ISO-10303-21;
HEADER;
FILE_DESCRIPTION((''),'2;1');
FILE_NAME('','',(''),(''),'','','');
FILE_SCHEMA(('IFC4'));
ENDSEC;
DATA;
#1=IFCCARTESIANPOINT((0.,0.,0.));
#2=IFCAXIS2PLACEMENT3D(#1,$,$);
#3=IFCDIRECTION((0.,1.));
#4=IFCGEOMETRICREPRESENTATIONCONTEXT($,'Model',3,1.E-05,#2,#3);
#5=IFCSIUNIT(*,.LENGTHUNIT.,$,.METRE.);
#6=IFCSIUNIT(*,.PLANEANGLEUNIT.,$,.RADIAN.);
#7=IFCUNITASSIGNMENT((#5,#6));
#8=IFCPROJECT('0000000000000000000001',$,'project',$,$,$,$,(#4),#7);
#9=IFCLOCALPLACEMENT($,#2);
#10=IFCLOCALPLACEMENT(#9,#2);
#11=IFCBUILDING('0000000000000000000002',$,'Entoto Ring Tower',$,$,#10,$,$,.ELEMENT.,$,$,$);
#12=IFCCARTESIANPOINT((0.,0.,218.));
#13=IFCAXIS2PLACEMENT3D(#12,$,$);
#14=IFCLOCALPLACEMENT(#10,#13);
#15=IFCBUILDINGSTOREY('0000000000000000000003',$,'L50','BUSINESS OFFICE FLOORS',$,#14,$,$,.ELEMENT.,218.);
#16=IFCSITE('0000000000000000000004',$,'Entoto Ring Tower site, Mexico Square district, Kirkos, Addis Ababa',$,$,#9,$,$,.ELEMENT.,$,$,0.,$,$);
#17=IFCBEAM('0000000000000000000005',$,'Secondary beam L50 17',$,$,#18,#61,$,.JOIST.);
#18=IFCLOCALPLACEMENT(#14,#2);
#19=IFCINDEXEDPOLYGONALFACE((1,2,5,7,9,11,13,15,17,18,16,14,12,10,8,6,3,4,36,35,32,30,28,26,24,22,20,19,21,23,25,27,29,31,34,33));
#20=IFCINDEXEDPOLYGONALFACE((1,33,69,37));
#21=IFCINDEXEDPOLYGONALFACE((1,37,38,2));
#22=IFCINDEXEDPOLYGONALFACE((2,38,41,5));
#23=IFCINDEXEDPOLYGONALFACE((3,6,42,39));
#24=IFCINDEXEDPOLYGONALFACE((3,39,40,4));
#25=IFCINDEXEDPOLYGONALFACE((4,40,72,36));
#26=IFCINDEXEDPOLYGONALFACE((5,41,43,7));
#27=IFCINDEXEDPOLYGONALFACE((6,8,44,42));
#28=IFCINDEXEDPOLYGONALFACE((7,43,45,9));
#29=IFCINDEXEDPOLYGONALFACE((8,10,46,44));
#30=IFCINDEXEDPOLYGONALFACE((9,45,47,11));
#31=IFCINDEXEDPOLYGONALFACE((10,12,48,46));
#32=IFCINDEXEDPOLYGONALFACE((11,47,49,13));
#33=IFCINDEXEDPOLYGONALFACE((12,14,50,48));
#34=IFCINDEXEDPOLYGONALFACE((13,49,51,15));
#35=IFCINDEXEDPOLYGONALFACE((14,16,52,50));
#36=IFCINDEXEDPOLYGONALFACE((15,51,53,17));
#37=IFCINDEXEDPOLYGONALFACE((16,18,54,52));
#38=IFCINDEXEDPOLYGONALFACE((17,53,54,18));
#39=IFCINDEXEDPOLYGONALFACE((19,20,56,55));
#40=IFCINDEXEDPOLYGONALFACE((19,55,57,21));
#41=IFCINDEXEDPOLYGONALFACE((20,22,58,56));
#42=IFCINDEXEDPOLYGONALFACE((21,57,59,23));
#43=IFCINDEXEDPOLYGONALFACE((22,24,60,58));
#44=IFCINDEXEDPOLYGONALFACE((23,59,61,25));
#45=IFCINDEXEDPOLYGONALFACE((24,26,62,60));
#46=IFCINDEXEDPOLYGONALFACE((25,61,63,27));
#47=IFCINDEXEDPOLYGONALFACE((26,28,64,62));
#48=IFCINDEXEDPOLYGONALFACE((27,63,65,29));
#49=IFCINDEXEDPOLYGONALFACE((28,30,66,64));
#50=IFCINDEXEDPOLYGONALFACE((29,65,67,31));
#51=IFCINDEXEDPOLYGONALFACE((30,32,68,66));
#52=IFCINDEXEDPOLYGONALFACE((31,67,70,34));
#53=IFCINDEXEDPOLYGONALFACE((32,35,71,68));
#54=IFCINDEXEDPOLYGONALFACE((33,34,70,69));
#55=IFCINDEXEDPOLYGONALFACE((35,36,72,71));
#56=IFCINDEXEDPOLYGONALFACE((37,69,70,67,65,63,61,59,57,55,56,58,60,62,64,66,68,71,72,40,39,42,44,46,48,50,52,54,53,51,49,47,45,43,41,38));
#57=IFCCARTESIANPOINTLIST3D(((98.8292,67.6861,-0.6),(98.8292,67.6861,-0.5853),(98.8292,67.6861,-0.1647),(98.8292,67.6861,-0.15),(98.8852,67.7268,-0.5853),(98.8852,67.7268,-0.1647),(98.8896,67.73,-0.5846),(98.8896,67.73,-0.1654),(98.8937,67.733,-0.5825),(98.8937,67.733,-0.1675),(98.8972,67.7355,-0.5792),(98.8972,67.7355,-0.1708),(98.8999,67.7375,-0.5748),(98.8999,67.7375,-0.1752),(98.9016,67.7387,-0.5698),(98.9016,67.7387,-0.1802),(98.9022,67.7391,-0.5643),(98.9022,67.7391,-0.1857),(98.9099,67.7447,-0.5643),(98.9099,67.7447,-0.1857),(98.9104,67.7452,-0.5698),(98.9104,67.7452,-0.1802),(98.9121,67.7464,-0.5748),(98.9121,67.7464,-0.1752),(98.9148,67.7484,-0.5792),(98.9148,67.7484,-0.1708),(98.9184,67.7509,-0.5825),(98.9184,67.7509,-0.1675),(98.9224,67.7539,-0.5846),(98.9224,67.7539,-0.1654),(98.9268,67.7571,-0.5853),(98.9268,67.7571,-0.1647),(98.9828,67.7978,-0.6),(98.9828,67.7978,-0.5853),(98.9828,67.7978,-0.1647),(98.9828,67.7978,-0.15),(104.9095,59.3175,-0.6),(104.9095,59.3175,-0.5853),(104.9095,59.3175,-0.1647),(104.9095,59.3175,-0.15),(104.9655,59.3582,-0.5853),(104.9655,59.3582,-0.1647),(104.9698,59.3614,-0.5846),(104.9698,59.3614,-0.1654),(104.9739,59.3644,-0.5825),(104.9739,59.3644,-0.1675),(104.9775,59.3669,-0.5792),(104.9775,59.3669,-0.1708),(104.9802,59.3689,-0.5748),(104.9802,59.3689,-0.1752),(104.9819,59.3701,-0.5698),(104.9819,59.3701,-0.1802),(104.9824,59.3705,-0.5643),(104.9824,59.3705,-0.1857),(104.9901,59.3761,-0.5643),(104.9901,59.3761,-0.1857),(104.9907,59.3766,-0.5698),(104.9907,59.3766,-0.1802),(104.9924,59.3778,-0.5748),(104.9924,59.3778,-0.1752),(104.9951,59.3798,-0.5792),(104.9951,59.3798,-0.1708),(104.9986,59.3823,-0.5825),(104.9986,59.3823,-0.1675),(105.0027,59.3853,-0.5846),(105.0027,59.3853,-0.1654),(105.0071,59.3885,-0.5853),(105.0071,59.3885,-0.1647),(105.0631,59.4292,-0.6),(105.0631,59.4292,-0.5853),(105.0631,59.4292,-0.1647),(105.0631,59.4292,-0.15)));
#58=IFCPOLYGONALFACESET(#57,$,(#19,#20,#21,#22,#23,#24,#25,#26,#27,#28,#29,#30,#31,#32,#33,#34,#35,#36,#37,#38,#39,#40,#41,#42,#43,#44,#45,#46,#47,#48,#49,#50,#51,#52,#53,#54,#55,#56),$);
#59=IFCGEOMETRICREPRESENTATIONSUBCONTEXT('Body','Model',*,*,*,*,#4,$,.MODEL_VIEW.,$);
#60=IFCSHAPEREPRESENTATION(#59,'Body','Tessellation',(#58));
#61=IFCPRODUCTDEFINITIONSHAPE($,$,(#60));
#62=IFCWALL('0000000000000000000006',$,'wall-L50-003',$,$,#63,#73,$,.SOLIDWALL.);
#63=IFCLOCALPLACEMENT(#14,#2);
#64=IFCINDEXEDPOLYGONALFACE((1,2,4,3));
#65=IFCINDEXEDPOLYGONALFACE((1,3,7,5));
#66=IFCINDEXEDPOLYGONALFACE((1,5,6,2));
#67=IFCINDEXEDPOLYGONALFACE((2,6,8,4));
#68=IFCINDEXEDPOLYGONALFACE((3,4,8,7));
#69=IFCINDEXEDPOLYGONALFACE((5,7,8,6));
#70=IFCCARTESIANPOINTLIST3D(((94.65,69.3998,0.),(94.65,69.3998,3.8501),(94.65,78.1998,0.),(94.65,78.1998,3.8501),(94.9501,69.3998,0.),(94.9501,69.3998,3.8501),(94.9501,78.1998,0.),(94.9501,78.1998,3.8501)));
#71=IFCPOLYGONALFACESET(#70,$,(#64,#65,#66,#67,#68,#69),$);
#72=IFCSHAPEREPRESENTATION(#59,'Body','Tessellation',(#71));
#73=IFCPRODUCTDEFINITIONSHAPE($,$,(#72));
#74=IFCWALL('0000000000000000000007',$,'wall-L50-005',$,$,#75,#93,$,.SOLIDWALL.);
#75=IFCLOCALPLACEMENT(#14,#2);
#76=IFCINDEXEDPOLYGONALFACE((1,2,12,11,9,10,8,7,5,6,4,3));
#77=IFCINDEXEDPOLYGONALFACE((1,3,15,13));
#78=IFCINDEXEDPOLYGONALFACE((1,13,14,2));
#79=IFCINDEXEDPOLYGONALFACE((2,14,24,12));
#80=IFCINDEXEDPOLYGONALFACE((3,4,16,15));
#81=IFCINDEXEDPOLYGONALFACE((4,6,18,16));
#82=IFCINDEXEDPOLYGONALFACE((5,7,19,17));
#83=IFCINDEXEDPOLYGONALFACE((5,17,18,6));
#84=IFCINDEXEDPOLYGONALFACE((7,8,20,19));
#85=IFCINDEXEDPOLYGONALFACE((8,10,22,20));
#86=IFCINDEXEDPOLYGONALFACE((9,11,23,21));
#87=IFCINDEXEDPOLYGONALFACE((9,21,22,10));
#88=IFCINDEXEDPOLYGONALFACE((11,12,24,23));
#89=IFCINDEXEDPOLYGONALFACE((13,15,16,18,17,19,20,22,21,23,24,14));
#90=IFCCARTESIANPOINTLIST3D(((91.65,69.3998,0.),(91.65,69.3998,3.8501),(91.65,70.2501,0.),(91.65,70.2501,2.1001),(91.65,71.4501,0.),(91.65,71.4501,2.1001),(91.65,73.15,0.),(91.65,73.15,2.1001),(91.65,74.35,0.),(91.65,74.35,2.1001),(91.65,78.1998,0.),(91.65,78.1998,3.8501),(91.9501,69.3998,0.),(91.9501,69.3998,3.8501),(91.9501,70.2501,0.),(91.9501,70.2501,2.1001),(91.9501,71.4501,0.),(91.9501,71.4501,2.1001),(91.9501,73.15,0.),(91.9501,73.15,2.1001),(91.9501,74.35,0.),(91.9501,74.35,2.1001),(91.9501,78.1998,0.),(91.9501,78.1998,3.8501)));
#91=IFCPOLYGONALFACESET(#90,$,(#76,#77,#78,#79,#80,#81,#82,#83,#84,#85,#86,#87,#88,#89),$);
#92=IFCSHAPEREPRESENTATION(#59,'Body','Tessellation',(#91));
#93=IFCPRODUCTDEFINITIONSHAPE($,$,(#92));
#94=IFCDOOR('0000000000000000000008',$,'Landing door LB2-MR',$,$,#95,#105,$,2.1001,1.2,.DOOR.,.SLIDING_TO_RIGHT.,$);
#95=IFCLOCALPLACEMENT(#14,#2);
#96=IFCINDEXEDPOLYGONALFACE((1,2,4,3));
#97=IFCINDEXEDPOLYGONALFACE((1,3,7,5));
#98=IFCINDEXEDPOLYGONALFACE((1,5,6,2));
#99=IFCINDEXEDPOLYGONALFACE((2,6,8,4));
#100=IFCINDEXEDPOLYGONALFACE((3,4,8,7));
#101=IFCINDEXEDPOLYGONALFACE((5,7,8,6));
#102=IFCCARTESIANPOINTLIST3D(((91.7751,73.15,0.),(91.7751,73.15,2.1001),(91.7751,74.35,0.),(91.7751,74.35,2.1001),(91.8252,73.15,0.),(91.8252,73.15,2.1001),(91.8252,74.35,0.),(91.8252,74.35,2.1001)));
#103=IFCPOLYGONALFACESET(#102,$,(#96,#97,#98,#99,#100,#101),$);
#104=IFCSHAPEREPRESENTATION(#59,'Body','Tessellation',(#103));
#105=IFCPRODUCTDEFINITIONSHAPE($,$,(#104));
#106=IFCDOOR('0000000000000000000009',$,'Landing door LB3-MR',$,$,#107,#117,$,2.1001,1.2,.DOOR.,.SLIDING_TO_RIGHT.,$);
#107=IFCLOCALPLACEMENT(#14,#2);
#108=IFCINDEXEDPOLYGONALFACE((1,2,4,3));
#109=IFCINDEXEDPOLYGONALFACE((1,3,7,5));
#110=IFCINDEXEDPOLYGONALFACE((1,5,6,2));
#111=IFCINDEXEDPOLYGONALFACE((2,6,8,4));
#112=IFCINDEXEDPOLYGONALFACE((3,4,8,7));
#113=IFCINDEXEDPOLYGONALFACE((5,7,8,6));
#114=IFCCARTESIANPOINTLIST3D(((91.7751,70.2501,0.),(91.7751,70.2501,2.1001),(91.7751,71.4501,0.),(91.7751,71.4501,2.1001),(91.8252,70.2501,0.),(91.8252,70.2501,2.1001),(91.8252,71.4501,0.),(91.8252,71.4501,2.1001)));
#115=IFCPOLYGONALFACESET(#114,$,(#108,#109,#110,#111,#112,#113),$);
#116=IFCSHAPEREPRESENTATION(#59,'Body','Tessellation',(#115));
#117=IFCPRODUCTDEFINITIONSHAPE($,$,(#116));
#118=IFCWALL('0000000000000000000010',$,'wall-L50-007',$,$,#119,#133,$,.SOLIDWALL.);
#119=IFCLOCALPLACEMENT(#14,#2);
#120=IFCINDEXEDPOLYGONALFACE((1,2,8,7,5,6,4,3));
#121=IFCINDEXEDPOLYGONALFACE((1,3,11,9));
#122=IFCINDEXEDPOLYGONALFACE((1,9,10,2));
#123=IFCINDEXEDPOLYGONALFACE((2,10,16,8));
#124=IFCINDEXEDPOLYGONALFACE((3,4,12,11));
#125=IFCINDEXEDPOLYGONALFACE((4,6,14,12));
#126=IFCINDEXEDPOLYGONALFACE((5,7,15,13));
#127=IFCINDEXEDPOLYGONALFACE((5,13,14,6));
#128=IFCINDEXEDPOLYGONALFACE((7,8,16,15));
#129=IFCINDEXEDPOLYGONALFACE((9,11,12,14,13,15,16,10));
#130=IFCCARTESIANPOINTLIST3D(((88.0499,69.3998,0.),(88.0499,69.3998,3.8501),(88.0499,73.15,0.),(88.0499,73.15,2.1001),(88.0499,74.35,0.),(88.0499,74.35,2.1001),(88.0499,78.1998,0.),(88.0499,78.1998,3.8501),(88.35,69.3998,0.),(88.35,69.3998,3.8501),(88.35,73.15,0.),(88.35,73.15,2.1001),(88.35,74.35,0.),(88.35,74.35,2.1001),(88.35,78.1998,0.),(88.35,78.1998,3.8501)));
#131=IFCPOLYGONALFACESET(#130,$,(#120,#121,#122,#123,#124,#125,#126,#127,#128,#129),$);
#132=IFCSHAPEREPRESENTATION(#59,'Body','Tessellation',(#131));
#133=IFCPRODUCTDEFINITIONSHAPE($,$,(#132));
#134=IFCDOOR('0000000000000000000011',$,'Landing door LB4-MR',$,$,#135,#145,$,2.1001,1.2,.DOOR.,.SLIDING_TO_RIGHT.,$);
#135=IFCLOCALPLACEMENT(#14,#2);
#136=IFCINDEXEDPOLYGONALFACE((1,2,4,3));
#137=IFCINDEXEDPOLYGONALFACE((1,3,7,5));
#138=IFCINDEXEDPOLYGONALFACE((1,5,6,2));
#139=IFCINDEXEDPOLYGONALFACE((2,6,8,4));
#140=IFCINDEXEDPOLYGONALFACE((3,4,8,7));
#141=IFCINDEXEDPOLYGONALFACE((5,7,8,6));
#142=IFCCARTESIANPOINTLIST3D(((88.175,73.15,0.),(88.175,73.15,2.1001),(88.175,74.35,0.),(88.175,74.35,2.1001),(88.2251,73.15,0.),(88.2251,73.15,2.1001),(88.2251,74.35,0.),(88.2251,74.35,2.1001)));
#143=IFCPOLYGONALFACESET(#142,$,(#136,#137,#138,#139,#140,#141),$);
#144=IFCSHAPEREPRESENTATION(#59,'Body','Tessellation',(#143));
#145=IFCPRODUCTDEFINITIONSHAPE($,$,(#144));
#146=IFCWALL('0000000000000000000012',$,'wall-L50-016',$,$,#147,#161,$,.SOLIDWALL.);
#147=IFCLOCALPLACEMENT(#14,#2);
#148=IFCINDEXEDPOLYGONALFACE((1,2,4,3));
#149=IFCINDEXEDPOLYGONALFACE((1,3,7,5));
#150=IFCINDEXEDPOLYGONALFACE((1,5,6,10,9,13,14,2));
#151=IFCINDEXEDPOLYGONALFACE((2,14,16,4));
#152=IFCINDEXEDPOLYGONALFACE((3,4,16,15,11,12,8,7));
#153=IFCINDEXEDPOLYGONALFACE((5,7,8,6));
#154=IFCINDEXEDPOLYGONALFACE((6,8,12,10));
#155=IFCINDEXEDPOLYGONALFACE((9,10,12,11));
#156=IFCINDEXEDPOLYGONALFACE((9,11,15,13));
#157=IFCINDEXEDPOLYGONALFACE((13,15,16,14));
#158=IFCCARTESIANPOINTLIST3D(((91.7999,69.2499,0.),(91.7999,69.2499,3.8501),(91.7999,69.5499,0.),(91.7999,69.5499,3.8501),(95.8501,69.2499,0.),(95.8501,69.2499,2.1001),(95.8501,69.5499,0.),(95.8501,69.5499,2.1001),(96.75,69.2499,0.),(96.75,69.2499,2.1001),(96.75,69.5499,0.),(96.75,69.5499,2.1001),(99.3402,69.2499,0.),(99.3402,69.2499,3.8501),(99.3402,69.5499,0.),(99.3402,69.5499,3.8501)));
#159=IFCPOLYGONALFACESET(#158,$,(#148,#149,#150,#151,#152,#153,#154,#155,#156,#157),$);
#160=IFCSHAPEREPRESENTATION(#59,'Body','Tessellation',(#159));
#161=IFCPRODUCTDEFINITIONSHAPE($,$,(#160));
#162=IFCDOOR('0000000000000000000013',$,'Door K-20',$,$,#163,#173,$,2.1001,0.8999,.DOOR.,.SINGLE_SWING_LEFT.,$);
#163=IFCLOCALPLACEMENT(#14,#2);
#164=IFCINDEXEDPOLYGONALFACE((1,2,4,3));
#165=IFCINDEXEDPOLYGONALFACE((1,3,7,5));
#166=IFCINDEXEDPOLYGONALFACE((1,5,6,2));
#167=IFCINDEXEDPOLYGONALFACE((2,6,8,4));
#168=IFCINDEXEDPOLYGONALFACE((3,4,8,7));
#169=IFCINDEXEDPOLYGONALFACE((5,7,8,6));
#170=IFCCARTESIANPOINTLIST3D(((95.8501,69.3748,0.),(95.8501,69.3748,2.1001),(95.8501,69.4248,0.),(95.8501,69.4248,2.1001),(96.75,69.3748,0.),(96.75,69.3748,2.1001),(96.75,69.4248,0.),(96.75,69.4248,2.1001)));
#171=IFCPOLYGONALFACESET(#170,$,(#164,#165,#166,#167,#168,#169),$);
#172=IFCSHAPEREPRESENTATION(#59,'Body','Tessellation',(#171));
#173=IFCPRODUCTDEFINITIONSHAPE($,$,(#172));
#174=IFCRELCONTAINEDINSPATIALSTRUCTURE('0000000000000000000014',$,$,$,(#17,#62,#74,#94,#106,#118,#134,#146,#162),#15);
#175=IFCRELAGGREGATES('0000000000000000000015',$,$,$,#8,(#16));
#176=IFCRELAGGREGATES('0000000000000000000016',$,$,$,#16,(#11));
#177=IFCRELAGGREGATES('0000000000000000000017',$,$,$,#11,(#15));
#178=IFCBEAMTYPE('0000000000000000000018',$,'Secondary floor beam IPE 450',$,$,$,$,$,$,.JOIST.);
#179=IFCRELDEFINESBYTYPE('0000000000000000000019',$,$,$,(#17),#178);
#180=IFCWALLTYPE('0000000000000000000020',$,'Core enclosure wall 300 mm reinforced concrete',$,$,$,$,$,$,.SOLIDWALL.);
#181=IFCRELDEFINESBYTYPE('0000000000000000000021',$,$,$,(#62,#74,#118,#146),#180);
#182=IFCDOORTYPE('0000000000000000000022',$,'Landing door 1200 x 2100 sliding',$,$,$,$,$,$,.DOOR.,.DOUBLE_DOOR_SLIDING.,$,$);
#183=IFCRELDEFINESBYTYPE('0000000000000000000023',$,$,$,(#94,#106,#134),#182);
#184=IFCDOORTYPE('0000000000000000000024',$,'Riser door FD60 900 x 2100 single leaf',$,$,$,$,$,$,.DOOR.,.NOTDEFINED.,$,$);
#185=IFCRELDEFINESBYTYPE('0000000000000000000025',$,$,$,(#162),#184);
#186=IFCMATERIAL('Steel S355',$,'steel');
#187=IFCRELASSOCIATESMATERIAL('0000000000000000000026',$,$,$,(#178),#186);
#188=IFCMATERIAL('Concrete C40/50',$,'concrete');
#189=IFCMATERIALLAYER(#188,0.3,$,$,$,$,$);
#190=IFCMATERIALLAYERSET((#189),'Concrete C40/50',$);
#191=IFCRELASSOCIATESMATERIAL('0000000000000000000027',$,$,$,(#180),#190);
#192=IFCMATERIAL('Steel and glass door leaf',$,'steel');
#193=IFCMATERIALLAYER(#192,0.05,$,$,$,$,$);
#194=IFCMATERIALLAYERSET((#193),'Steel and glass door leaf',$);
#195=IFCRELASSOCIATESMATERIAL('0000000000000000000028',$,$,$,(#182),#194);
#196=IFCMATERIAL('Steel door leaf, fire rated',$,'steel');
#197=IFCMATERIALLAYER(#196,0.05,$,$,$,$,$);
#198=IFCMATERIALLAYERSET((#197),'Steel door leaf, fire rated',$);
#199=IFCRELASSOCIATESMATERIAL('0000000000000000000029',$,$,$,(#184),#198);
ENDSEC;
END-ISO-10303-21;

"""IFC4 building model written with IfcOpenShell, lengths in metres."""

from ifc_helpers import new_model, si_unit, direction, frame, frame_2d, origin, origin_2d, place, context, subcontext, project, spatial, rectangle, i_section, extrude, material, layer, layer_set, material_profile, profile_set, type_object, element, fill, save


model = new_model("IFC4")

# Units and contexts
model_context = context("Model", 3, precision=1e-05, world=origin(), true_north=direction((0.0, 1.0)))
body_context = subcontext(model_context, "Body", "Model", "MODEL_VIEW")
ifc_project = project(units=[si_unit("LENGTHUNIT", "METRE"), si_unit("PLANEANGLEUNIT", "RADIAN")], contexts=[model_context])

# Site, building, storey
site_placement = place(None, origin())
site = spatial("IfcSite", under=ifc_project, at=site_placement, Name="Entoto Ring Tower site, Mexico Square district, Kirkos, Addis Ababa", CompositionType="ELEMENT", RefElevation=0.0)
building_placement = place(site_placement, origin())
building = spatial("IfcBuilding", under=site, at=building_placement, Name="Entoto Ring Tower", CompositionType="ELEMENT")
storey_placement = place(building_placement, frame((0.0, 0.0, 218.0)))
storey = spatial("IfcBuildingStorey", under=building, at=storey_placement, Name="L50", Description="BUSINESS OFFICE FLOORS", CompositionType="ELEMENT", Elevation=218.0)

# Beam
ifc_material_1 = material(Name="Steel S355", Category="steel")
ifc_material_profile_1 = material_profile(ifc_material_1, i_section(OverallWidth=0.1899, OverallDepth=0.45, WebThickness=0.0095, FlangeThickness=0.0146, FilletRadius=0.021, at=origin_2d()), Name="IPE 450")
ifc_profile_set_1 = profile_set([ifc_material_profile_1], Name="Steel S355")
beam_type_1 = type_object("IfcBeamType", Name="Secondary floor beam IPE 450", PredefinedType="JOIST", material=ifc_profile_set_1)
beam_1_placement = place(storey_placement, frame((98.906, 67.7419, -0.375), z_axis=(0.587794, -0.809011, 0.0), x_axis=(0.809011, 0.587794, 0.0)))
element("IfcBeam", 1, at=beam_1_placement, inside=storey, type_object=beam_type_1, Name="Secondary beam L50 17", PredefinedType="JOIST", context=body_context, shape_type="SweptSolid", body=[
    extrude(i_section(OverallWidth=0.1899, OverallDepth=0.45, WebThickness=0.0095, FlangeThickness=0.0146, FilletRadius=0.021, at=origin_2d()), origin(), (0.0, 0.0, 1.0), 10.3442),
])

# Wall
ifc_material_2 = material(Name="Concrete C40/50", Category="concrete")
ifc_layer_1 = layer(ifc_material_2, 0.3)
ifc_layer_set_1 = layer_set([ifc_layer_1], Name="Concrete C40/50")
wall_type_1 = type_object("IfcWallType", Name="Core enclosure wall 300 mm reinforced concrete", PredefinedType="SOLIDWALL", material=ifc_layer_set_1)
wall_1_placement = place(storey_placement, frame((94.8, 69.3999, 0.0), z_axis=(0.0, 0.0, 1.0), x_axis=(0.0, 1.0, 0.0)))
element("IfcWall", 2, at=wall_1_placement, inside=storey, type_object=wall_type_1, Name="wall-L50-003", PredefinedType="SOLIDWALL", context=body_context, shape_type="SweptSolid", body=[
    extrude(rectangle(XDim=8.8, YDim=0.3, at=frame_2d((4.3999, 0.0))), origin(), (0.0, 0.0, 1.0), 3.8501),
])

# Wall, openings, doors
wall_2_placement = place(storey_placement, frame((91.8, 69.3999, 0.0), z_axis=(0.0, 0.0, 1.0), x_axis=(0.0, 1.0, 0.0)))
wall_2 = element("IfcWall", 3, at=wall_2_placement, inside=storey, type_object=wall_type_1, Name="wall-L50-005", PredefinedType="SOLIDWALL", context=body_context, shape_type="SweptSolid", body=[
    extrude(rectangle(XDim=8.8, YDim=0.3, at=frame_2d((4.3999, 0.0))), origin(), (0.0, 0.0, 1.0), 3.8501),
])
opening_1_placement = place(wall_2_placement, frame((3.75, 0.0, 0.0)))
opening_1 = element("IfcOpeningElement", 4, at=opening_1_placement, cuts=wall_2, PredefinedType="OPENING", context=body_context, shape_type="SweptSolid", body=[
    extrude(rectangle(XDim=1.2, YDim=2.1001, at=frame_2d((0.6001, 1.05))), frame((0.0, 0.1602, 0.0), z_axis=(0.0, -1.0, 0.0), x_axis=(1.0, 0.0, 0.0)), (0.0, 0.0, 1.0), 0.3201),
])
opening_2_placement = place(wall_2_placement, frame((0.8501, 0.0, 0.0)))
opening_2 = element("IfcOpeningElement", 5, at=opening_2_placement, cuts=wall_2, PredefinedType="OPENING", context=body_context, shape_type="SweptSolid", body=[
    extrude(rectangle(XDim=1.2, YDim=2.1001, at=frame_2d((0.6001, 1.05))), frame((0.0, 0.1602, 0.0), z_axis=(0.0, -1.0, 0.0), x_axis=(1.0, 0.0, 0.0)), (0.0, 0.0, 1.0), 0.3201),
])
ifc_material_3 = material(Name="Steel and glass door leaf", Category="steel")
ifc_layer_2 = layer(ifc_material_3, 0.05)
ifc_layer_set_2 = layer_set([ifc_layer_2], Name="Steel and glass door leaf")
door_type_1 = type_object("IfcDoorType", Name="Landing door 1200 x 2100 sliding", OperationType="DOUBLE_DOOR_SLIDING", PredefinedType="DOOR", material=ifc_layer_set_2)
door_1_placement = place(opening_1_placement, origin())
door_1 = element("IfcDoor", 6, at=door_1_placement, inside=storey, type_object=door_type_1, Name="Landing door LB2-MR", OperationType="SLIDING_TO_RIGHT", OverallHeight=2.1001, OverallWidth=1.2, PredefinedType="DOOR", context=body_context, shape_type="SweptSolid", body=[
    extrude(rectangle(XDim=1.2, YDim=2.1001, at=frame_2d((0.6001, 1.05))), frame((0.0, 0.0249, 0.0), z_axis=(0.0, -1.0, 0.0), x_axis=(1.0, 0.0, 0.0)), (0.0, 0.0, 1.0), 0.05),
])
fill(opening_1, door_1)
door_2_placement = place(opening_2_placement, origin())
door_2 = element("IfcDoor", 7, at=door_2_placement, inside=storey, type_object=door_type_1, Name="Landing door LB3-MR", OperationType="SLIDING_TO_RIGHT", OverallHeight=2.1001, OverallWidth=1.2, PredefinedType="DOOR", context=body_context, shape_type="SweptSolid", body=[
    extrude(rectangle(XDim=1.2, YDim=2.1001, at=frame_2d((0.6001, 1.05))), frame((0.0, 0.0249, 0.0), z_axis=(0.0, -1.0, 0.0), x_axis=(1.0, 0.0, 0.0)), (0.0, 0.0, 1.0), 0.05),
])
fill(opening_2, door_2)

# Walls, openings, doors
wall_3_placement = place(storey_placement, frame((88.2, 69.3999, 0.0), z_axis=(0.0, 0.0, 1.0), x_axis=(0.0, 1.0, 0.0)))
wall_3 = element("IfcWall", 8, at=wall_3_placement, inside=storey, type_object=wall_type_1, Name="wall-L50-007", PredefinedType="SOLIDWALL", context=body_context, shape_type="SweptSolid", body=[
    extrude(rectangle(XDim=8.8, YDim=0.3, at=frame_2d((4.3999, 0.0))), origin(), (0.0, 0.0, 1.0), 3.8501),
])
opening_3_placement = place(wall_3_placement, frame((3.75, 0.0, 0.0)))
opening_3 = element("IfcOpeningElement", 9, at=opening_3_placement, cuts=wall_3, PredefinedType="OPENING", context=body_context, shape_type="SweptSolid", body=[
    extrude(rectangle(XDim=1.2, YDim=2.1001, at=frame_2d((0.6001, 1.05))), frame((0.0, 0.1602, 0.0), z_axis=(0.0, -1.0, 0.0), x_axis=(1.0, 0.0, 0.0)), (0.0, 0.0, 1.0), 0.3201),
])
door_3_placement = place(opening_3_placement, origin())
door_3 = element("IfcDoor", 10, at=door_3_placement, inside=storey, type_object=door_type_1, Name="Landing door LB4-MR", OperationType="SLIDING_TO_RIGHT", OverallHeight=2.1001, OverallWidth=1.2, PredefinedType="DOOR", context=body_context, shape_type="SweptSolid", body=[
    extrude(rectangle(XDim=1.2, YDim=2.1001, at=frame_2d((0.6001, 1.05))), frame((0.0, 0.0249, 0.0), z_axis=(0.0, -1.0, 0.0), x_axis=(1.0, 0.0, 0.0)), (0.0, 0.0, 1.0), 0.05),
])
fill(opening_3, door_3)
wall_4_placement = place(storey_placement, frame((91.8, 69.3999, 0.0), z_axis=(0.0, 0.0, 1.0), x_axis=(1.0, 0.0, 0.0)))
wall_4 = element("IfcWall", 11, at=wall_4_placement, inside=storey, type_object=wall_type_1, Name="wall-L50-016", PredefinedType="SOLIDWALL", context=body_context, shape_type="SweptSolid", body=[
    extrude(rectangle(XDim=7.5403, YDim=0.3, at=frame_2d((3.77, 0.0))), origin(), (0.0, 0.0, 1.0), 3.8501),
])
opening_4_placement = place(wall_4_placement, frame((4.05, 0.0, 0.0)))
opening_4 = element("IfcOpeningElement", 12, at=opening_4_placement, cuts=wall_4, PredefinedType="OPENING", context=body_context, shape_type="SweptSolid", body=[
    extrude(rectangle(XDim=0.8999, YDim=2.1001, at=frame_2d((0.45, 1.05))), frame((0.0, 0.1602, 0.0), z_axis=(0.0, -1.0, 0.0), x_axis=(1.0, 0.0, 0.0)), (0.0, 0.0, 1.0), 0.3201),
])
ifc_material_4 = material(Name="Steel door leaf, fire rated", Category="steel")
ifc_layer_3 = layer(ifc_material_4, 0.05)
ifc_layer_set_3 = layer_set([ifc_layer_3], Name="Steel door leaf, fire rated")
door_type_2 = type_object("IfcDoorType", Name="Riser door FD60 900 x 2100 single leaf", OperationType="NOTDEFINED", PredefinedType="DOOR", material=ifc_layer_set_3)
door_4_placement = place(opening_4_placement, origin())
door_4 = element("IfcDoor", 13, at=door_4_placement, inside=storey, type_object=door_type_2, Name="Door K-20", OperationType="SINGLE_SWING_LEFT", OverallHeight=2.1001, OverallWidth=0.8999, PredefinedType="DOOR", context=body_context, shape_type="SweptSolid", body=[
    extrude(rectangle(XDim=0.8999, YDim=2.1001, at=frame_2d((0.45, 1.05))), frame((0.0, 0.0249, 0.0), z_axis=(0.0, -1.0, 0.0), x_axis=(1.0, 0.0, 0.0)), (0.0, 0.0, 1.0), 0.05),
])
fill(opening_4, door_4)

save(model, "model.ifc")
